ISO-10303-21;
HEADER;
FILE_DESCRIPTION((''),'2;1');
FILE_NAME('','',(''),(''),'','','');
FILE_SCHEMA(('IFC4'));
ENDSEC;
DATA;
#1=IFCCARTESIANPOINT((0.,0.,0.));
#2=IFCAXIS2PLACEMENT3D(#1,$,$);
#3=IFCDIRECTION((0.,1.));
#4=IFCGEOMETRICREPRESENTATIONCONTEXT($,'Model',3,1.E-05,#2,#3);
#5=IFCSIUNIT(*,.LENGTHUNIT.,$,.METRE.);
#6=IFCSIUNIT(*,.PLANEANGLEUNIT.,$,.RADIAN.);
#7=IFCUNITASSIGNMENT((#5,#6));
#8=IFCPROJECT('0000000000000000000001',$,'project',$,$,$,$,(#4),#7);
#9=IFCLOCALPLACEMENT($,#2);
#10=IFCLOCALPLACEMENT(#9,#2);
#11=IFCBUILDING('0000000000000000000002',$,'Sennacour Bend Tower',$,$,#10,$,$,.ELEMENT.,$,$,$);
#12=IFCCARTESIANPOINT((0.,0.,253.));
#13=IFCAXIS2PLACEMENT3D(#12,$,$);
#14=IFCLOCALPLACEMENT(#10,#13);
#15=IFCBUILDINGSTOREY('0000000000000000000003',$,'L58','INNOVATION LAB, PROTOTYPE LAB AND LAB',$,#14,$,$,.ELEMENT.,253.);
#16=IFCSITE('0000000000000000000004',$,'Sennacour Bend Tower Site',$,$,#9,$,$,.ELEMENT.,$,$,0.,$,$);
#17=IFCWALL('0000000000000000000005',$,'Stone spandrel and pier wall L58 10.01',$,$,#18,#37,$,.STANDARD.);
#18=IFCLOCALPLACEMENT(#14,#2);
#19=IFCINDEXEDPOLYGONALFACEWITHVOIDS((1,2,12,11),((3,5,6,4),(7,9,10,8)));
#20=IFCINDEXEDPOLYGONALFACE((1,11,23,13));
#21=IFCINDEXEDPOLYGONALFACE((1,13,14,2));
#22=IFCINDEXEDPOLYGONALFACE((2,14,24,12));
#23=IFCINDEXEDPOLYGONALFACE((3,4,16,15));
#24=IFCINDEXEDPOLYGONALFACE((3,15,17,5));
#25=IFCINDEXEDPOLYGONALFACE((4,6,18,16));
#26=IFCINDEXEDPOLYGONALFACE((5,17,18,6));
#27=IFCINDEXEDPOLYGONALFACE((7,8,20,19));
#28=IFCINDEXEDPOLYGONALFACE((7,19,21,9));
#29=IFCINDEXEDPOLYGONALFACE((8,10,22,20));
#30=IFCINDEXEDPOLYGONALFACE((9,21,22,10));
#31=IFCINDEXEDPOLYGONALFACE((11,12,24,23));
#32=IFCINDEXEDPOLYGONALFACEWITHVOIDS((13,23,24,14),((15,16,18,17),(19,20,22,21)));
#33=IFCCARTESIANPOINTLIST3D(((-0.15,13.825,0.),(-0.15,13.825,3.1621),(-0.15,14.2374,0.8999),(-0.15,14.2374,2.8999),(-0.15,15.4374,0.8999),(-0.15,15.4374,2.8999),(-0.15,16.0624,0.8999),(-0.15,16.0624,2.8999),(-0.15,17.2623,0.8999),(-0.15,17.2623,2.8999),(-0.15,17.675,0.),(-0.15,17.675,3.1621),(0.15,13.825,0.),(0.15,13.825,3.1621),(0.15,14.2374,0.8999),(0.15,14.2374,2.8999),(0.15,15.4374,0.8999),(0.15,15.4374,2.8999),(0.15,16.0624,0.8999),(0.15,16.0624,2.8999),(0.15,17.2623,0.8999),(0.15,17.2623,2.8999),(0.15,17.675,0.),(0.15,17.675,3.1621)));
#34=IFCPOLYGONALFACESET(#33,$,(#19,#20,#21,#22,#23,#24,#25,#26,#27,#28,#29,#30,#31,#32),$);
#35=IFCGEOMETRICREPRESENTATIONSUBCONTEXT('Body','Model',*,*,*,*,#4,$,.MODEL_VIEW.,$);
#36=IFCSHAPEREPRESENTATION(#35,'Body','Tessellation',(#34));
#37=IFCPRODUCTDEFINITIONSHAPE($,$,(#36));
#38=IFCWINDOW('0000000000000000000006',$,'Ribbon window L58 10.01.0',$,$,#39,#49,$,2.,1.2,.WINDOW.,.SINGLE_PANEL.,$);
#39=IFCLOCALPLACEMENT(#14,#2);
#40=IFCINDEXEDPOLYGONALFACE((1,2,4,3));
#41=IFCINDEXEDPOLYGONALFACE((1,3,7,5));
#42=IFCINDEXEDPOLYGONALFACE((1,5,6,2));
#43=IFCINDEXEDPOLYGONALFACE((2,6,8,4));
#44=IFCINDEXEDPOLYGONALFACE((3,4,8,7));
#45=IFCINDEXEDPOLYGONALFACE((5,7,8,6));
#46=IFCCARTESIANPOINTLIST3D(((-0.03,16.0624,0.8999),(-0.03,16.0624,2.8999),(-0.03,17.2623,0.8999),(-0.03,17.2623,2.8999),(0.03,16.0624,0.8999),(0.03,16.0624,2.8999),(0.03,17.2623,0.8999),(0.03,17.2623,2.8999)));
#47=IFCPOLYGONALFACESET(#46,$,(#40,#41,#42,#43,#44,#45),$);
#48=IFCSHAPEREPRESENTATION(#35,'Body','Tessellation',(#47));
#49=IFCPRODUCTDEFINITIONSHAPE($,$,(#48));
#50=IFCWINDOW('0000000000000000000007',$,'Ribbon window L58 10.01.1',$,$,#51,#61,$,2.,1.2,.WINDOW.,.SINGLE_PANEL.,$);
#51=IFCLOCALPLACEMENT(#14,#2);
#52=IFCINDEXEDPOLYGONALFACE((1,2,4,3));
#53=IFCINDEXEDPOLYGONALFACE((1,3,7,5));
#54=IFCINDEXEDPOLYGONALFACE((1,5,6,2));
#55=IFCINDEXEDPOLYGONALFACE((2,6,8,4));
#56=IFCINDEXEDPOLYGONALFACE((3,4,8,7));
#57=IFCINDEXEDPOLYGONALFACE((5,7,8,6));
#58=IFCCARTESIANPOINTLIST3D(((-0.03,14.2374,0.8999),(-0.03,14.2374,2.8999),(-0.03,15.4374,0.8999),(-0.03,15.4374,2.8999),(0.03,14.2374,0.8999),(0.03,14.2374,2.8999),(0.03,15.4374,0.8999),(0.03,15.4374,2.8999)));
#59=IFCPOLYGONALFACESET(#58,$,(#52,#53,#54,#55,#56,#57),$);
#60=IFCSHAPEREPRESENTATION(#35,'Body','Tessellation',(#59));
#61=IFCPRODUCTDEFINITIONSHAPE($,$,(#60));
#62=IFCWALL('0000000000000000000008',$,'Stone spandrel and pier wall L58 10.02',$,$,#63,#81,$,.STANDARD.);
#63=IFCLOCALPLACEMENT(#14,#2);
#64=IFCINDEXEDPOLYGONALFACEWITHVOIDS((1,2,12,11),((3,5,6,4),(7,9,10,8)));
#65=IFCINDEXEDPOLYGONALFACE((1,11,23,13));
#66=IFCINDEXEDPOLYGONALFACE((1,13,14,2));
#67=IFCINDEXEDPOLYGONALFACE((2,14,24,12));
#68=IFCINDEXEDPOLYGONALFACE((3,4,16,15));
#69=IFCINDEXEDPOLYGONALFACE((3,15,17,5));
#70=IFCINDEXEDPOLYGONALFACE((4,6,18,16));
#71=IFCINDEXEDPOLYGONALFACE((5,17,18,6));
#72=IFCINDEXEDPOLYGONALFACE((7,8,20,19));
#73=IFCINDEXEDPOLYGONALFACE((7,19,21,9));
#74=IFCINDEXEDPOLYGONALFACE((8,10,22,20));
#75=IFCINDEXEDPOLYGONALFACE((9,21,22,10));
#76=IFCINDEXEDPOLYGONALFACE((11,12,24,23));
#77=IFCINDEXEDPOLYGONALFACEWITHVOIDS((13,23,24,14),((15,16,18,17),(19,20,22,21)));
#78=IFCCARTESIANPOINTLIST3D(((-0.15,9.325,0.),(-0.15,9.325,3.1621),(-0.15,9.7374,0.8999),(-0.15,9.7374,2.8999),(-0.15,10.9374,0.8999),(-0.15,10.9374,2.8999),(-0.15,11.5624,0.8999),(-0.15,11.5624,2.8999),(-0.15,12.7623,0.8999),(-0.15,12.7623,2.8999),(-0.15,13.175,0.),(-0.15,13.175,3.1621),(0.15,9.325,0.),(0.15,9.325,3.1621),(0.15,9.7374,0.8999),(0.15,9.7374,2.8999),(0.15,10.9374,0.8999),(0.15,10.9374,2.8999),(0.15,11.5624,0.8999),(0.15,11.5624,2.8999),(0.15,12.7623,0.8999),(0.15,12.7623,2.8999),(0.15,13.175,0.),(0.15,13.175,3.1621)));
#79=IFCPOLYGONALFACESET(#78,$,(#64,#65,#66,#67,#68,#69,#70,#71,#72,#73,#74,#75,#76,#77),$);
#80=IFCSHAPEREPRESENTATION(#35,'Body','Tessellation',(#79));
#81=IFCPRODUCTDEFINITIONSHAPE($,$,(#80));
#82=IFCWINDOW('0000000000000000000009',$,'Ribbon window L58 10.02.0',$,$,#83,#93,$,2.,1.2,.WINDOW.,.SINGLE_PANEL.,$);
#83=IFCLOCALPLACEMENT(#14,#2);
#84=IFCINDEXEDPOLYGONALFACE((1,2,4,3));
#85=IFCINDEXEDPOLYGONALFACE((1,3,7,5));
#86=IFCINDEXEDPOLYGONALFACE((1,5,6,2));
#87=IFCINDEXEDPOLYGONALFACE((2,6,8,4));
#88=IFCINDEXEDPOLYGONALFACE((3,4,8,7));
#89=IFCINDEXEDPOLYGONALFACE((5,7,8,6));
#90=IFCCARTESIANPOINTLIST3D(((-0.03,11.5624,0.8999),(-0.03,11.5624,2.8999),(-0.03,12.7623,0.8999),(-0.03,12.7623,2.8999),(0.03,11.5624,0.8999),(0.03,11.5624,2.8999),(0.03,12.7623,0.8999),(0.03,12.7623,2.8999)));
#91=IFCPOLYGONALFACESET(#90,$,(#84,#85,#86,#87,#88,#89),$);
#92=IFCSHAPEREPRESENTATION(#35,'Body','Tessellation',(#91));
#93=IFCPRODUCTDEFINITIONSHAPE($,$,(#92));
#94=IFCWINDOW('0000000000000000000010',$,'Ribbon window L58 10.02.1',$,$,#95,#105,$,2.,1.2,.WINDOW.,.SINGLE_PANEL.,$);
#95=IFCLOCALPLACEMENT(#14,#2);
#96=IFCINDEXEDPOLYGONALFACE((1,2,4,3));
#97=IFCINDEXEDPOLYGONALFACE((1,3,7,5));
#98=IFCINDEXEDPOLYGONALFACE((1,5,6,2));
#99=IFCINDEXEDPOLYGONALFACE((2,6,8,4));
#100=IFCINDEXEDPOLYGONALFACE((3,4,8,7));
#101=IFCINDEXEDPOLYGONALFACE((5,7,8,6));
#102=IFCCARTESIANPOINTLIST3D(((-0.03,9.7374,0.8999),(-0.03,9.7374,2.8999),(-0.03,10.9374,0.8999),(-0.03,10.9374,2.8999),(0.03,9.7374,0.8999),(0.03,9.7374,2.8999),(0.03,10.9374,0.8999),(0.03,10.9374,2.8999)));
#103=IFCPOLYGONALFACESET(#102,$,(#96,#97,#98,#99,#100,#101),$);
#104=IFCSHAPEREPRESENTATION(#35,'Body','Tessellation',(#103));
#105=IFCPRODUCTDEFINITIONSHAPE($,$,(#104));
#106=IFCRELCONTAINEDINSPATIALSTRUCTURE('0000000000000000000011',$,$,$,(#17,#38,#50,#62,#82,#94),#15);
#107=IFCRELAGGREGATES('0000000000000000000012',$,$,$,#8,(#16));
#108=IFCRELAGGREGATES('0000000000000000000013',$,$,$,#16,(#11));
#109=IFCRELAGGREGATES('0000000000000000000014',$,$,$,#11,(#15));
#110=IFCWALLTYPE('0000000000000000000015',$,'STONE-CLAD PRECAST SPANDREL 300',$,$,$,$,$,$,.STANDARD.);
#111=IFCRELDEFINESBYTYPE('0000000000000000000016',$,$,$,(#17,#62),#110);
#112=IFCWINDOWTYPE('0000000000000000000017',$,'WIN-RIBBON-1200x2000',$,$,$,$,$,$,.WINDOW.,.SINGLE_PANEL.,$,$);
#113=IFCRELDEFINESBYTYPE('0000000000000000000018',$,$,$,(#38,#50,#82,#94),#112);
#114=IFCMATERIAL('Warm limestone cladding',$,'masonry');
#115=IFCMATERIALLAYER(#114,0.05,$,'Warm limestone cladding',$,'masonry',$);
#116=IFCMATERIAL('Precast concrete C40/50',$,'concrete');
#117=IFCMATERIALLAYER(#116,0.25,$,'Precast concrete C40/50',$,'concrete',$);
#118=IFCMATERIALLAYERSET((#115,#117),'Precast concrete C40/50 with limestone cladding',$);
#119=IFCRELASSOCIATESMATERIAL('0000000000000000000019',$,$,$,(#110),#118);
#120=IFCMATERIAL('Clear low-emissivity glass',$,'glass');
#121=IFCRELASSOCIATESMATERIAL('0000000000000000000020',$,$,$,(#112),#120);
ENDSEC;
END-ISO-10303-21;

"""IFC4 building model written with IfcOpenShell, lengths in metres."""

from ifc_helpers import new_model, si_unit, direction, frame, frame_2d, origin, place, context, subcontext, project, spatial, rectangle, extrude, material, layer, layer_set, type_object, element, fill, save


model = new_model("IFC4")

# Units and contexts
model_context = context("Model", 3, precision=1e-05, world=origin(), true_north=direction((0.0, 1.0)))
body_context = subcontext(model_context, "Body", "Model", "MODEL_VIEW")
ifc_project = project(units=[si_unit("LENGTHUNIT", "METRE"), si_unit("PLANEANGLEUNIT", "RADIAN")], contexts=[model_context])

# Site, building, storey
site_placement = place(None, origin())
site = spatial("IfcSite", under=ifc_project, at=site_placement, Name="Sennacour Bend Tower Site", CompositionType="ELEMENT", RefElevation=0.0)
building_placement = place(site_placement, origin())
building = spatial("IfcBuilding", under=site, at=building_placement, Name="Sennacour Bend Tower", CompositionType="ELEMENT")
storey_placement = place(building_placement, frame((0.0, 0.0, 253.0)))
storey = spatial("IfcBuildingStorey", under=building, at=storey_placement, Name="L58", Description="INNOVATION LAB, PROTOTYPE LAB AND LAB", CompositionType="ELEMENT", Elevation=253.0)

# Walls, openings, windows
ifc_material_1 = material(Name="Warm limestone cladding", Category="masonry")
ifc_layer_1 = layer(ifc_material_1, 0.05, Name="Warm limestone cladding", Category="masonry")
ifc_material_2 = material(Name="Precast concrete C40/50", Category="concrete")
ifc_layer_2 = layer(ifc_material_2, 0.25, Name="Precast concrete C40/50", Category="concrete")
ifc_layer_set_1 = layer_set([ifc_layer_1, ifc_layer_2], Name="Precast concrete C40/50 with limestone cladding")
wall_type_1 = type_object("IfcWallType", Name="STONE-CLAD PRECAST SPANDREL 300", PredefinedType="STANDARD", material=ifc_layer_set_1)
ifc_material_3 = material(Name="Clear low-emissivity glass", Category="glass")
window_type_1 = type_object("IfcWindowType", Name="WIN-RIBBON-1200x2000", PartitioningType="SINGLE_PANEL", PredefinedType="WINDOW", material=ifc_material_3)
wall_1_placement = place(storey_placement, frame((0.0, 17.675, 0.0), z_axis=(0.0, 0.0, 1.0), x_axis=(0.0, -1.0, 0.0)))
wall_1 = element("IfcWall", 1, at=wall_1_placement, inside=storey, type_object=wall_type_1, Name="Stone spandrel and pier wall L58 10.01", PredefinedType="STANDARD", context=body_context, shape_type="SweptSolid", body=[
    extrude(rectangle(XDim=3.8501, YDim=0.3, at=frame_2d((1.925, 0.0))), origin(), (0.0, 0.0, 1.0), 3.1621),
])
opening_1_placement = place(wall_1_placement, frame((0.4126, 0.0, 0.8999)))
opening_1 = element("IfcOpeningElement", 2, at=opening_1_placement, cuts=wall_1, PredefinedType="OPENING", context=body_context, shape_type="SweptSolid", body=[
    extrude(rectangle(XDim=1.2, YDim=2.0, at=frame_2d((0.6001, 1.0))), frame((0.0, 0.1602, 0.0), z_axis=(0.0, -1.0, 0.0), x_axis=(1.0, 0.0, 0.0)), (0.0, 0.0, 1.0), 0.3201),
])
opening_2_placement = place(wall_1_placement, frame((2.2375, 0.0, 0.8999)))
opening_2 = element("IfcOpeningElement", 3, at=opening_2_placement, cuts=wall_1, PredefinedType="OPENING", context=body_context, shape_type="SweptSolid", body=[
    extrude(rectangle(XDim=1.2, YDim=2.0, at=frame_2d((0.6001, 1.0))), frame((0.0, 0.1602, 0.0), z_axis=(0.0, -1.0, 0.0), x_axis=(1.0, 0.0, 0.0)), (0.0, 0.0, 1.0), 0.3201),
])
window_1_placement = place(opening_1_placement, origin())
window_1 = element("IfcWindow", 4, at=window_1_placement, inside=storey, type_object=window_type_1, Name="Ribbon window L58 10.01.0", OverallHeight=2.0, OverallWidth=1.2, PartitioningType="SINGLE_PANEL", PredefinedType="WINDOW", context=body_context, shape_type="SweptSolid", body=[
    extrude(rectangle(XDim=1.2, YDim=2.0, at=frame_2d((0.6001, 1.0))), frame((0.0, 0.03, 0.0), z_axis=(0.0, -1.0, 0.0), x_axis=(1.0, 0.0, 0.0)), (0.0, 0.0, 1.0), 0.0601),
])
fill(opening_1, window_1)
window_2_placement = place(opening_2_placement, origin())
window_2 = element("IfcWindow", 5, at=window_2_placement, inside=storey, type_object=window_type_1, Name="Ribbon window L58 10.01.1", OverallHeight=2.0, OverallWidth=1.2, PartitioningType="SINGLE_PANEL", PredefinedType="WINDOW", context=body_context, shape_type="SweptSolid", body=[
    extrude(rectangle(XDim=1.2, YDim=2.0, at=frame_2d((0.6001, 1.0))), frame((0.0, 0.03, 0.0), z_axis=(0.0, -1.0, 0.0), x_axis=(1.0, 0.0, 0.0)), (0.0, 0.0, 1.0), 0.0601),
])
fill(opening_2, window_2)
wall_2_placement = place(storey_placement, frame((0.0, 13.175, 0.0), z_axis=(0.0, 0.0, 1.0), x_axis=(0.0, -1.0, 0.0)))
wall_2 = element("IfcWall", 6, at=wall_2_placement, inside=storey, type_object=wall_type_1, Name="Stone spandrel and pier wall L58 10.02", PredefinedType="STANDARD", context=body_context, shape_type="SweptSolid", body=[
    extrude(rectangle(XDim=3.8501, YDim=0.3, at=frame_2d((1.925, 0.0))), origin(), (0.0, 0.0, 1.0), 3.1621),
])
opening_3_placement = place(wall_2_placement, frame((0.4126, 0.0, 0.8999)))
opening_3 = element("IfcOpeningElement", 7, at=opening_3_placement, cuts=wall_2, PredefinedType="OPENING", context=body_context, shape_type="SweptSolid", body=[
    extrude(rectangle(XDim=1.2, YDim=2.0, at=frame_2d((0.6001, 1.0))), frame((0.0, 0.1602, 0.0), z_axis=(0.0, -1.0, 0.0), x_axis=(1.0, 0.0, 0.0)), (0.0, 0.0, 1.0), 0.3201),
])
opening_4_placement = place(wall_2_placement, frame((2.2375, 0.0, 0.8999)))
opening_4 = element("IfcOpeningElement", 8, at=opening_4_placement, cuts=wall_2, PredefinedType="OPENING", context=body_context, shape_type="SweptSolid", body=[
    extrude(rectangle(XDim=1.2, YDim=2.0, at=frame_2d((0.6001, 1.0))), frame((0.0, 0.1602, 0.0), z_axis=(0.0, -1.0, 0.0), x_axis=(1.0, 0.0, 0.0)), (0.0, 0.0, 1.0), 0.3201),
])
window_3_placement = place(opening_3_placement, origin())
window_3 = element("IfcWindow", 9, at=window_3_placement, inside=storey, type_object=window_type_1, Name="Ribbon window L58 10.02.0", OverallHeight=2.0, OverallWidth=1.2, PartitioningType="SINGLE_PANEL", PredefinedType="WINDOW", context=body_context, shape_type="SweptSolid", body=[
    extrude(rectangle(XDim=1.2, YDim=2.0, at=frame_2d((0.6001, 1.0))), frame((0.0, 0.03, 0.0), z_axis=(0.0, -1.0, 0.0), x_axis=(1.0, 0.0, 0.0)), (0.0, 0.0, 1.0), 0.0601),
])
fill(opening_3, window_3)
window_4_placement = place(opening_4_placement, origin())
window_4 = element("IfcWindow", 10, at=window_4_placement, inside=storey, type_object=window_type_1, Name="Ribbon window L58 10.02.1", OverallHeight=2.0, OverallWidth=1.2, PartitioningType="SINGLE_PANEL", PredefinedType="WINDOW", context=body_context, shape_type="SweptSolid", body=[
    extrude(rectangle(XDim=1.2, YDim=2.0, at=frame_2d((0.6001, 1.0))), frame((0.0, 0.03, 0.0), z_axis=(0.0, -1.0, 0.0), x_axis=(1.0, 0.0, 0.0)), (0.0, 0.0, 1.0), 0.0601),
])
fill(opening_4, window_4)

save(model, "model.ifc")
